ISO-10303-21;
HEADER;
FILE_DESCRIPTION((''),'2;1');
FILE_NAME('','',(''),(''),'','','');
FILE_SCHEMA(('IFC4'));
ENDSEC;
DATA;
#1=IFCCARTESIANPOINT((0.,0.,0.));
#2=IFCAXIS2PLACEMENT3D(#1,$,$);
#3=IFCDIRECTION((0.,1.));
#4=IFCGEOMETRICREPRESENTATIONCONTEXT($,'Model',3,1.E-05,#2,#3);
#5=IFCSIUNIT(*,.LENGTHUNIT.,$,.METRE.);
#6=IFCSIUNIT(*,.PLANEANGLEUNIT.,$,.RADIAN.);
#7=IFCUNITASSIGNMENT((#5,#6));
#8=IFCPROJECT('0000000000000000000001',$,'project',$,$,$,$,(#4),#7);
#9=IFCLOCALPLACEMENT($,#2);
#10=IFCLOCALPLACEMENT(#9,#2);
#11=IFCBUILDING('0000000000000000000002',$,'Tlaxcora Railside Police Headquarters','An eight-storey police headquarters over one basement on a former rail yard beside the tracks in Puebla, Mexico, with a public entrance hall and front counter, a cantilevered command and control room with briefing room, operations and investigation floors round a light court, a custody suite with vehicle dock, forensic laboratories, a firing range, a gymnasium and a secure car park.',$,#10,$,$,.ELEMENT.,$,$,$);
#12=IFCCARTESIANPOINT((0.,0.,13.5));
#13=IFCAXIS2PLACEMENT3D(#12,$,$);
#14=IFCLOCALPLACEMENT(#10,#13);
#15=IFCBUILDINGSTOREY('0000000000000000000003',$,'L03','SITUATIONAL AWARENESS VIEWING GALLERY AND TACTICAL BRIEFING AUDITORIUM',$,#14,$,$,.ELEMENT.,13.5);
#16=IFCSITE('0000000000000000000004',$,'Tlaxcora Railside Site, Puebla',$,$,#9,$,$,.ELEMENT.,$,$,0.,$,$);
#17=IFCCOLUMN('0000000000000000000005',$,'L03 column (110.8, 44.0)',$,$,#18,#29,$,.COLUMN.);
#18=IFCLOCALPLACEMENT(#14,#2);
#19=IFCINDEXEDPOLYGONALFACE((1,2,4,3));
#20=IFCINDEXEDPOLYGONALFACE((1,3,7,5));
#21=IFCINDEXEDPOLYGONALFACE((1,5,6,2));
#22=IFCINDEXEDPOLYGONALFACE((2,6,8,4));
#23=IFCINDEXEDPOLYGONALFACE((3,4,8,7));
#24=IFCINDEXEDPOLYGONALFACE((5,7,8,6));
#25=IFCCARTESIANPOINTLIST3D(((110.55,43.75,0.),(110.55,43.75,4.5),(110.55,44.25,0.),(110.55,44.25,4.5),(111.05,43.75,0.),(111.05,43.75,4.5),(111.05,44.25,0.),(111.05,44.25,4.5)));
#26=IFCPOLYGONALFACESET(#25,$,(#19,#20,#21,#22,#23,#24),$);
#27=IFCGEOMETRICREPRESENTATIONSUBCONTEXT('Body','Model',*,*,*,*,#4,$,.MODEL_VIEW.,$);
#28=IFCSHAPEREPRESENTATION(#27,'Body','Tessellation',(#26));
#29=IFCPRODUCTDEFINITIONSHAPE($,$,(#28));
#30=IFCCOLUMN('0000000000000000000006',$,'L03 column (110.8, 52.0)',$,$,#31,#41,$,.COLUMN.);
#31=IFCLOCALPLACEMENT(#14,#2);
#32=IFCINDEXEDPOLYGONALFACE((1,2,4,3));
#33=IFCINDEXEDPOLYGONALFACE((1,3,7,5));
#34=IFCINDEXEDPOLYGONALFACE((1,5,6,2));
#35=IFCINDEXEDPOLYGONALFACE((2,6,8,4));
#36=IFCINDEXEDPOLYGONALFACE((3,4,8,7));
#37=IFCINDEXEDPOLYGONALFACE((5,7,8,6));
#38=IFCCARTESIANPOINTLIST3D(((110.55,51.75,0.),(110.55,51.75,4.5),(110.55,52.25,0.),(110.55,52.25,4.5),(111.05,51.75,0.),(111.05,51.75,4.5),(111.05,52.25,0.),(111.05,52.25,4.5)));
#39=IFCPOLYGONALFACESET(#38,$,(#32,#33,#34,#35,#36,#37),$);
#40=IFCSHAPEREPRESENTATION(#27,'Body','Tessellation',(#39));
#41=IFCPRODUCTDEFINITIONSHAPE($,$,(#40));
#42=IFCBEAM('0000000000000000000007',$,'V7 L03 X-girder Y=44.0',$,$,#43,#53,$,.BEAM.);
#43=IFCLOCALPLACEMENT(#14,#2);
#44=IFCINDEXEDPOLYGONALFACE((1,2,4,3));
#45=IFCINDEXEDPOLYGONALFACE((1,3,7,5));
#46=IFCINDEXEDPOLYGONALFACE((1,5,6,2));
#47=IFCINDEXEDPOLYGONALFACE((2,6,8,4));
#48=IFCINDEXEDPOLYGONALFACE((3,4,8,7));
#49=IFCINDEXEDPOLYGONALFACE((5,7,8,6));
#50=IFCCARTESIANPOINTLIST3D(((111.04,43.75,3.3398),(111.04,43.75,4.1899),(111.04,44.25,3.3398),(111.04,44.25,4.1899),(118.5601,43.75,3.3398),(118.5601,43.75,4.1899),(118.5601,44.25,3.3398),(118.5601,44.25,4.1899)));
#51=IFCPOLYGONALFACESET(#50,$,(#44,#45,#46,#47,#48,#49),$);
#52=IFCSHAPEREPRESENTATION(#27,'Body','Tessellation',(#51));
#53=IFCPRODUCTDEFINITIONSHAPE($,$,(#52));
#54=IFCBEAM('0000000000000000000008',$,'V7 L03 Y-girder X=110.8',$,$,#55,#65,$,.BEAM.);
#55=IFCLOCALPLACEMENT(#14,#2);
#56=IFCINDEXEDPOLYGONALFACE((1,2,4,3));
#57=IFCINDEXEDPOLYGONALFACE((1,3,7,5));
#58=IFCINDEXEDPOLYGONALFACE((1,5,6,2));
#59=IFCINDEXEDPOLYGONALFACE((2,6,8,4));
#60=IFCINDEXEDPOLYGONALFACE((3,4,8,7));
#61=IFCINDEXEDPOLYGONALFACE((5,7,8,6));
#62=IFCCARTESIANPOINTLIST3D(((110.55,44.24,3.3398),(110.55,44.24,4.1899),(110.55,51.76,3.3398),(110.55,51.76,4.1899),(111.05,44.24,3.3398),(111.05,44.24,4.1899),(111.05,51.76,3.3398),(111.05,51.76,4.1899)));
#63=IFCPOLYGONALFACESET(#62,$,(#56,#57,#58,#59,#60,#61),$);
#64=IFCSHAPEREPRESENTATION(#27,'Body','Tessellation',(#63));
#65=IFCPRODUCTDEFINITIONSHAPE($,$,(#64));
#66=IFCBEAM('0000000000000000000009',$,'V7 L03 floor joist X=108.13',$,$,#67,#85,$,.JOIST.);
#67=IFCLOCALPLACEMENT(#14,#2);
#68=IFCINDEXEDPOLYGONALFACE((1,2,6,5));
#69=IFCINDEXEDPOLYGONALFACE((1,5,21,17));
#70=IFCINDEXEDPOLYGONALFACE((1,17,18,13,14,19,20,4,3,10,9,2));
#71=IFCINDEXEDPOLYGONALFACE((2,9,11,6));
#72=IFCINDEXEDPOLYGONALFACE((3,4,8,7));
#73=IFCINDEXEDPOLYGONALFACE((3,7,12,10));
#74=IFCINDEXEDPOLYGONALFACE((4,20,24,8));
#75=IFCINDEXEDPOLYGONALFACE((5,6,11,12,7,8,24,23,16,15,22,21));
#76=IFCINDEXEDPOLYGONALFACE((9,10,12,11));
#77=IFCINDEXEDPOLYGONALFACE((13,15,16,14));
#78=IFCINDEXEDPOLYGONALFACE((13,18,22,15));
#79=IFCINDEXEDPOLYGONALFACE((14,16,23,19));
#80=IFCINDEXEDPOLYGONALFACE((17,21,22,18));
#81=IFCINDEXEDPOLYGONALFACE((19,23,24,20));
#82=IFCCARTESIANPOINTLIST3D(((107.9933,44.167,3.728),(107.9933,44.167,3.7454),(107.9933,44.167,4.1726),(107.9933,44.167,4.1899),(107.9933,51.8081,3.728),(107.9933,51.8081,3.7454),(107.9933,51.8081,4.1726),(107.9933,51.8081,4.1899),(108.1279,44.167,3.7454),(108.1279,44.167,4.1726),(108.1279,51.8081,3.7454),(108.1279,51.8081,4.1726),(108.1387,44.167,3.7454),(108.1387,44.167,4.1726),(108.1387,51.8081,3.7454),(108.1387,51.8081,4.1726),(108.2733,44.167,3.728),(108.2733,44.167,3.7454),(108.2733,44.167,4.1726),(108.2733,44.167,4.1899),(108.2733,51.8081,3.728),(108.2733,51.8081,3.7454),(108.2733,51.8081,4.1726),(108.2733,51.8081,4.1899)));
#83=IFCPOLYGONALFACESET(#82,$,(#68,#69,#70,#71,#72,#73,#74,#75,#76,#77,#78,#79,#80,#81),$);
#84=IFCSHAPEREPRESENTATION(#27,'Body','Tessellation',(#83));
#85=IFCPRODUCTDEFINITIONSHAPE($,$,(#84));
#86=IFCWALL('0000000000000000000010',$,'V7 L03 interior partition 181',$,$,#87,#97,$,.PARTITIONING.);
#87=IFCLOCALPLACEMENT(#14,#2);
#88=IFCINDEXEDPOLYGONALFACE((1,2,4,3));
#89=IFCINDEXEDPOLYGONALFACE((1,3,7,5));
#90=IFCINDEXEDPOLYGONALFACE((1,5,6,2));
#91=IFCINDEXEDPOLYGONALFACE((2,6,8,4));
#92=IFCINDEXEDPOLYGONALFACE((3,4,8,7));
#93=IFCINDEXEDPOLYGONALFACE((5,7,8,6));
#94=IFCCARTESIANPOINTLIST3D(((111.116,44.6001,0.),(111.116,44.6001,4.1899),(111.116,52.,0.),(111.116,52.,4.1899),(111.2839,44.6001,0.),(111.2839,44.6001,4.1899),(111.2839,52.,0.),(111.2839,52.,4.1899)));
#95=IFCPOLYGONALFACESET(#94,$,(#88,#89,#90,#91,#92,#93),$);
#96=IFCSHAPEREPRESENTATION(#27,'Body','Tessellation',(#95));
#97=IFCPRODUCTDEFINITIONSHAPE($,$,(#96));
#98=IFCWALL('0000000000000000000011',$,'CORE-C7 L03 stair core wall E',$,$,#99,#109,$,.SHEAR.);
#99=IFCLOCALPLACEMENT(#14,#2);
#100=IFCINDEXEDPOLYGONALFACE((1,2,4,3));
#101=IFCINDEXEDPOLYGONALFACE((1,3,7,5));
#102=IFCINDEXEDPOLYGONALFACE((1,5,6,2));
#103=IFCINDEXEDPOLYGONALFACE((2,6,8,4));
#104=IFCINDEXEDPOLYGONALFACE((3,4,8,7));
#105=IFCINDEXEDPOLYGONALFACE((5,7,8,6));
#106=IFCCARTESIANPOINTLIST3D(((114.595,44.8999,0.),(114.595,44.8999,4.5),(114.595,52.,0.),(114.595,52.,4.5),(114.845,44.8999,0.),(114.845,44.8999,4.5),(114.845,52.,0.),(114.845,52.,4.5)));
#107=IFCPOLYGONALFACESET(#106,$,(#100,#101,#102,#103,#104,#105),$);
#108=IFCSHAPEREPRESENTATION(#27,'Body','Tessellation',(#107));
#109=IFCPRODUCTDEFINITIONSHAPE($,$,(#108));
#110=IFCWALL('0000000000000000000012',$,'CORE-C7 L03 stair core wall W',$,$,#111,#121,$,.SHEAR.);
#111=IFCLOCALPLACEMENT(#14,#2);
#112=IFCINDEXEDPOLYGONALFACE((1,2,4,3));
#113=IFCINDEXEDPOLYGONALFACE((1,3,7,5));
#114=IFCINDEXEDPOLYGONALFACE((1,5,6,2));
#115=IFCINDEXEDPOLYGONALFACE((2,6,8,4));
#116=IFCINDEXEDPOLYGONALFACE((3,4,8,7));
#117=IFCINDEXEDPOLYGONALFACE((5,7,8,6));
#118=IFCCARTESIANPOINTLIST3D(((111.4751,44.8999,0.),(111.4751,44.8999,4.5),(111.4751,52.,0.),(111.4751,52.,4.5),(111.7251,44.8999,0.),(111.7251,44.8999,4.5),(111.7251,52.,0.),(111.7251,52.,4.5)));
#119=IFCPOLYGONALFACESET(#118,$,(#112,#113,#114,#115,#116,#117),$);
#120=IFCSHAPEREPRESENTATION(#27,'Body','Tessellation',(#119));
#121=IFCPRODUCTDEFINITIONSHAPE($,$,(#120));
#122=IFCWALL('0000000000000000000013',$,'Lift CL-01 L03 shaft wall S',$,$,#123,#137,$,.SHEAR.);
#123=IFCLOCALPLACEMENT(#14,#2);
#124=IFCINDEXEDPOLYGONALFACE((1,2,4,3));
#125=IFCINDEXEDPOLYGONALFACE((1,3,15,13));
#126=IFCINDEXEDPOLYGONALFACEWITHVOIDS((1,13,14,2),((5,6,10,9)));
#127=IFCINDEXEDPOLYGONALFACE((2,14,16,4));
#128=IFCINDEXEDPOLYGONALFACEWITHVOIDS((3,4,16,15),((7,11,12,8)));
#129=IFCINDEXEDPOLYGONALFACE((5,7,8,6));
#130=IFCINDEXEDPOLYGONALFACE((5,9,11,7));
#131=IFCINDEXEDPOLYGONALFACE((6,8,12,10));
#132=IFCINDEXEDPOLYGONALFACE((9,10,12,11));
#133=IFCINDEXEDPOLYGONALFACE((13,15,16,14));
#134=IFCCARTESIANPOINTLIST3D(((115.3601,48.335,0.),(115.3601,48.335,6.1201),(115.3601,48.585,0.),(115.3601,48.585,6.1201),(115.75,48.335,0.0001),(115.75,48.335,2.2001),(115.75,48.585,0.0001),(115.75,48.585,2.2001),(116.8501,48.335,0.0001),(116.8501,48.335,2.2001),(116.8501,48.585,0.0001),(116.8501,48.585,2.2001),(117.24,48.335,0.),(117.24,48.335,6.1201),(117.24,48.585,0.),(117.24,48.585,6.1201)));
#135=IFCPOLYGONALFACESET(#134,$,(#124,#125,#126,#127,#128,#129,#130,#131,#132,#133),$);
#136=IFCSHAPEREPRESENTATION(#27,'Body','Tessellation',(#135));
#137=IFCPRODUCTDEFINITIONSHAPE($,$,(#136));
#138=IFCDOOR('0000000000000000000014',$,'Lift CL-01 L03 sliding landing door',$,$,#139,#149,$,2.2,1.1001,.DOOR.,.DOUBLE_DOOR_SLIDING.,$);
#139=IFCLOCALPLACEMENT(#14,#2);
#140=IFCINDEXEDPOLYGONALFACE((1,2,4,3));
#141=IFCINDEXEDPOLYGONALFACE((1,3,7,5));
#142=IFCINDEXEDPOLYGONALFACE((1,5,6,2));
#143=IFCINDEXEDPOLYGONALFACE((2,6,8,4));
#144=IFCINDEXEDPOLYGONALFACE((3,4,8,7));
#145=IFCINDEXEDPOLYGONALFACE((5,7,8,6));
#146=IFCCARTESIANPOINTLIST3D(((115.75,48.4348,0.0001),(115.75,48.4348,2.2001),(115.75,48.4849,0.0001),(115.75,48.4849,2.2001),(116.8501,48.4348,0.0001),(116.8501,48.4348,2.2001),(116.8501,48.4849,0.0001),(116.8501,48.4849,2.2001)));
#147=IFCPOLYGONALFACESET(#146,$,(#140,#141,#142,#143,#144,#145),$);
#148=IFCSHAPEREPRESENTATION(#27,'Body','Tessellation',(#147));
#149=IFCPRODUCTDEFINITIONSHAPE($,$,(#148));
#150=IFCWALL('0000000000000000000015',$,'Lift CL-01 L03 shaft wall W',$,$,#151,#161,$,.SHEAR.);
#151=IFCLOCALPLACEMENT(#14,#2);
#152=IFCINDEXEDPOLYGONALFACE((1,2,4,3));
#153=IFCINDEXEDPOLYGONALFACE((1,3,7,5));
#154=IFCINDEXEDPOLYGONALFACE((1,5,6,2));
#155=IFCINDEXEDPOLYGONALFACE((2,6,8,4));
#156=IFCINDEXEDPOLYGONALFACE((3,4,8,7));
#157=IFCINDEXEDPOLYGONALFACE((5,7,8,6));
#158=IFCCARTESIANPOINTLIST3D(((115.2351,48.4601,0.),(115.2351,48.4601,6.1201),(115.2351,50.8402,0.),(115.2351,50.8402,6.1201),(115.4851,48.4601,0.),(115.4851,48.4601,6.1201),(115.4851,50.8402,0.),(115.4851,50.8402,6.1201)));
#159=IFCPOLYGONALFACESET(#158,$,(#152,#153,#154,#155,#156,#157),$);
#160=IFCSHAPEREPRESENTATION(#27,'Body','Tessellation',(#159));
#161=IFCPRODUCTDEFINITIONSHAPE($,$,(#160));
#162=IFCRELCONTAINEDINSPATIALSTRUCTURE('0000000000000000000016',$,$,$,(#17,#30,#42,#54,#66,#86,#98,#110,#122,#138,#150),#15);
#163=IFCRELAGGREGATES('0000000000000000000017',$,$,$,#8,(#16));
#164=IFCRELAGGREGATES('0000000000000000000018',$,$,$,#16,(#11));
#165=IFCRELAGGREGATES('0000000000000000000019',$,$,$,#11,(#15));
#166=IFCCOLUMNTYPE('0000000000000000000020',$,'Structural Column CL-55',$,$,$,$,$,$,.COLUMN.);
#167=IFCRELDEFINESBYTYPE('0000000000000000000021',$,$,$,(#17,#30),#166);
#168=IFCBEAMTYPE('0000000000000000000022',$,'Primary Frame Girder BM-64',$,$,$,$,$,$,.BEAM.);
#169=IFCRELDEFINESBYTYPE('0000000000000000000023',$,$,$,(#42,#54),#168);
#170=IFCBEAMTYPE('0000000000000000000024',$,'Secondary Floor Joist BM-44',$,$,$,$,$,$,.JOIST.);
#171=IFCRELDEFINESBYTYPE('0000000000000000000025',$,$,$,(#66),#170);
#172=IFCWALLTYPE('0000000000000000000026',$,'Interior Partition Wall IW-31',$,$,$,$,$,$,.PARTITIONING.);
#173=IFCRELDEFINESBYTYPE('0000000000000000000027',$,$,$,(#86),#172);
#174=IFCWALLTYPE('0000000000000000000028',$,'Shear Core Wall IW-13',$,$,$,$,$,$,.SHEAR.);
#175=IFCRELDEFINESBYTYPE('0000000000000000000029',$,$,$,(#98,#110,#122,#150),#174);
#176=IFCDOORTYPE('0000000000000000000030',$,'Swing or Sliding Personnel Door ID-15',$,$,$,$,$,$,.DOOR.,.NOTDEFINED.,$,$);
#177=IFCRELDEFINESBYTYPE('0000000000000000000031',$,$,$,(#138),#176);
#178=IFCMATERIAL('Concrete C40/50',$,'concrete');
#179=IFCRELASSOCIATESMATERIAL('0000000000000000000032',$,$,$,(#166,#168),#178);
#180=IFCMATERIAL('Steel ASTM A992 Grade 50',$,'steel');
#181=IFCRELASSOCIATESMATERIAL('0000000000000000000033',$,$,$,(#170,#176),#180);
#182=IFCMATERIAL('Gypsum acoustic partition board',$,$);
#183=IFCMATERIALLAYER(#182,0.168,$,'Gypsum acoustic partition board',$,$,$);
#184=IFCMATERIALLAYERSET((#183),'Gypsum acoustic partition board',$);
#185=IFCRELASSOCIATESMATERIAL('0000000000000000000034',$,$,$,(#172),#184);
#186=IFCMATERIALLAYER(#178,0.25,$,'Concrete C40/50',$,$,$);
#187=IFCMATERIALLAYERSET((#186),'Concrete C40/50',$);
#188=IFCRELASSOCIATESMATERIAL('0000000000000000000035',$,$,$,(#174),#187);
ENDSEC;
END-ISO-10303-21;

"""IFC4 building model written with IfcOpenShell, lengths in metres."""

from ifc_helpers import new_model, si_unit, direction, frame, frame_2d, origin, origin_2d, place, context, subcontext, project, spatial, rectangle, i_section, extrude, material, layer, layer_set, material_profile, profile_set, type_object, element, fill, save


model = new_model("IFC4")

# Units and contexts
model_context = context("Model", 3, precision=1e-05, world=origin(), true_north=direction((0.0, 1.0)))
body_context = subcontext(model_context, "Body", "Model", "MODEL_VIEW")
ifc_project = project(units=[si_unit("LENGTHUNIT", "METRE"), si_unit("PLANEANGLEUNIT", "RADIAN")], contexts=[model_context])

# Site, building, storey
site_placement = place(None, origin())
site = spatial("IfcSite", under=ifc_project, at=site_placement, Name="Tlaxcora Railside Site, Puebla", CompositionType="ELEMENT", RefElevation=0.0)
building_placement = place(site_placement, origin())
building = spatial("IfcBuilding", under=site, at=building_placement, Name="Tlaxcora Railside Police Headquarters", Description="An eight-storey police headquarters over one basement on a former rail yard beside the tracks in Puebla, Mexico, with a public entrance hall and front counter, a cantilevered command and control room with briefing room, operations and investigation floors round a light court, a custody suite with vehicle dock, forensic laboratories, a firing range, a gymnasium and a secure car park.", CompositionType="ELEMENT")
storey_placement = place(building_placement, frame((0.0, 0.0, 13.5)))
storey = spatial("IfcBuildingStorey", under=building, at=storey_placement, Name="L03", Description="SITUATIONAL AWARENESS VIEWING GALLERY AND TACTICAL BRIEFING AUDITORIUM", CompositionType="ELEMENT", Elevation=13.5)

# Columns
ifc_material_1 = material(Name="Concrete C40/50", Category="concrete")
ifc_material_profile_1 = material_profile(ifc_material_1, rectangle(XDim=0.5, YDim=0.5, at=origin_2d()), Name="RC500X500")
ifc_profile_set_1 = profile_set([ifc_material_profile_1], Name="Concrete C40/50")
column_type = type_object("IfcColumnType", Name="Structural Column CL-55", PredefinedType="COLUMN", material=ifc_profile_set_1)
for number, where, z_axis, x_axis, name in (
    (1, (110.8, 44.0, 0.0), (0.0, 0.0, 1.0), (1.0, 0.0, 0.0), "L03 column (110.8, 44.0)"),
    (2, (110.8, 52.0, 0.0), (0.0, 0.0, 1.0), (1.0, 0.0, 0.0), "L03 column (110.8, 52.0)"),
):
    element("IfcColumn", number, at=place(storey_placement, frame(where, z_axis=z_axis, x_axis=x_axis)), inside=storey, type_object=column_type, Name=name, PredefinedType="COLUMN", context=body_context, shape_type="SweptSolid", body=[
        extrude(rectangle(XDim=0.5, YDim=0.5, at=origin_2d()), origin(), (0.0, 0.0, 1.0), 4.5),
    ])

# Beams
ifc_material_profile_2 = material_profile(ifc_material_1, rectangle(XDim=0.5, YDim=0.8501, at=origin_2d()), Name="RC500X850")
ifc_profile_set_2 = profile_set([ifc_material_profile_2], Name="Concrete C40/50")
beam_type_1 = type_object("IfcBeamType", Name="Primary Frame Girder BM-64", PredefinedType="BEAM", material=ifc_profile_set_2)
for number, where, z_axis, x_axis, name in (
    (3, (111.04, 44.0, 3.7649), (1.0, 0.0, 0.0), (0.0, 1.0, 0.0), "V7 L03 X-girder Y=44.0"),
    (4, (110.8, 44.24, 3.7649), (0.0, 1.0, 0.0), (-1.0, 0.0, 0.0), "V7 L03 Y-girder X=110.8"),
):
    element("IfcBeam", number, at=place(storey_placement, frame(where, z_axis=z_axis, x_axis=x_axis)), inside=storey, type_object=beam_type_1, Name=name, PredefinedType="BEAM", context=body_context, shape_type="SweptSolid", body=[
        extrude(rectangle(XDim=0.5, YDim=0.8501, at=origin_2d()), origin(), (0.0, 0.0, 1.0), 7.52),
    ])
ifc_material_2 = material(Name="Steel ASTM A992 Grade 50", Category="steel")
ifc_material_profile_3 = material_profile(ifc_material_2, i_section(OverallWidth=0.28, OverallDepth=0.4619, WebThickness=0.0107, FlangeThickness=0.0173, at=origin_2d()), Name="W18X76")
ifc_profile_set_3 = profile_set([ifc_material_profile_3], Name="Steel ASTM A992 Grade 50")
beam_type_2 = type_object("IfcBeamType", Name="Secondary Floor Joist BM-44", PredefinedType="JOIST", material=ifc_profile_set_3)
beam_placement = place(storey_placement, frame((108.1333, 44.167, 3.959), z_axis=(0.0, 1.0, 0.0), x_axis=(-1.0, 0.0, 0.0)))
element("IfcBeam", 5, at=beam_placement, inside=storey, type_object=beam_type_2, Name="V7 L03 floor joist X=108.13", PredefinedType="JOIST", context=body_context, shape_type="SweptSolid", body=[
    extrude(i_section(OverallWidth=0.28, OverallDepth=0.4619, WebThickness=0.0107, FlangeThickness=0.0173, at=origin_2d()), origin(), (0.0, 0.0, 1.0), 7.6411),
])

# Wall
ifc_material_3 = material(Name="Gypsum acoustic partition board")
ifc_layer_1 = layer(ifc_material_3, 0.168, Name="Gypsum acoustic partition board")
ifc_layer_set_1 = layer_set([ifc_layer_1], Name="Gypsum acoustic partition board")
wall_type_1 = type_object("IfcWallType", Name="Interior Partition Wall IW-31", PredefinedType="PARTITIONING", material=ifc_layer_set_1)
wall_1_placement = place(storey_placement, frame((111.2, 44.6001, 0.0), z_axis=(0.0, 0.0, 1.0), x_axis=(0.0, 1.0, 0.0)))
element("IfcWall", 6, at=wall_1_placement, inside=storey, type_object=wall_type_1, Name="V7 L03 interior partition 181", PredefinedType="PARTITIONING", context=body_context, shape_type="SweptSolid", body=[
    extrude(rectangle(XDim=7.3999, YDim=0.168, at=frame_2d((3.7, 0.0))), origin(), (0.0, 0.0, 1.0), 4.1899),
])

# Shared definitions
ifc_layer_2 = layer(ifc_material_1, 0.25, Name="Concrete C40/50")
ifc_layer_set_2 = layer_set([ifc_layer_2], Name="Concrete C40/50")
wall_type_2 = type_object("IfcWallType", Name="Shear Core Wall IW-13", PredefinedType="SHEAR", material=ifc_layer_set_2)

# Walls
for number, where, z_axis, x_axis, name in (
    (7, (114.72, 44.8999, 0.0), (0.0, 0.0, 1.0), (0.0, 1.0, 0.0), "CORE-C7 L03 stair core wall E"),
    (8, (111.6001, 52.0, 0.0), (0.0, 0.0, 1.0), (0.0, -1.0, 0.0), "CORE-C7 L03 stair core wall W"),
):
    element("IfcWall", number, at=place(storey_placement, frame(where, z_axis=z_axis, x_axis=x_axis)), inside=storey, type_object=wall_type_2, Name=name, PredefinedType="SHEAR", context=body_context, shape_type="SweptSolid", body=[
        extrude(rectangle(XDim=7.1001, YDim=0.25, at=frame_2d((3.55, 0.0))), origin(), (0.0, 0.0, 1.0), 4.5),
    ])

# Wall, opening, door
wall_2_placement = place(storey_placement, frame((115.3601, 48.46, 0.0), z_axis=(0.0, 0.0, 1.0), x_axis=(1.0, 0.0, 0.0)))
wall_2 = element("IfcWall", 9, at=wall_2_placement, inside=storey, type_object=wall_type_2, Name="Lift CL-01 L03 shaft wall S", PredefinedType="SHEAR", context=body_context, shape_type="SweptSolid", body=[
    extrude(rectangle(XDim=1.8799, YDim=0.25, at=frame_2d((0.9399, 0.0))), origin(), (0.0, 0.0, 1.0), 6.1201),
])
opening_1_placement = place(wall_2_placement, frame((0.3899, 0.0, 0.0)))
opening_1 = element("IfcOpeningElement", 10, at=opening_1_placement, cuts=wall_2, PredefinedType="OPENING", context=body_context, shape_type="SweptSolid", body=[
    extrude(rectangle(XDim=1.1001, YDim=2.2, at=frame_2d((0.55, 1.1001))), frame((0.0, 0.135, 0.0), z_axis=(0.0, -1.0, 0.0), x_axis=(1.0, 0.0, 0.0)), (0.0, 0.0, 1.0), 0.27),
])
door_type_1 = type_object("IfcDoorType", Name="Swing or Sliding Personnel Door ID-15", OperationType="NOTDEFINED", PredefinedType="DOOR", material=ifc_material_2)
door_1_placement = place(opening_1_placement, origin())
door_1 = element("IfcDoor", 11, at=door_1_placement, inside=storey, type_object=door_type_1, Name="Lift CL-01 L03 sliding landing door", OperationType="DOUBLE_DOOR_SLIDING", OverallHeight=2.2, OverallWidth=1.1001, PredefinedType="DOOR", context=body_context, shape_type="SweptSolid", body=[
    extrude(rectangle(XDim=1.1001, YDim=2.2, at=frame_2d((0.55, 1.1001))), frame((0.0, 0.0249, 0.0), z_axis=(0.0, -1.0, 0.0), x_axis=(1.0, 0.0, 0.0)), (0.0, 0.0, 1.0), 0.05),
])
fill(opening_1, door_1)

# Wall
wall_3_placement = place(storey_placement, frame((115.3601, 50.8401, 0.0), z_axis=(0.0, 0.0, 1.0), x_axis=(0.0, -1.0, 0.0)))
element("IfcWall", 12, at=wall_3_placement, inside=storey, type_object=wall_type_2, Name="Lift CL-01 L03 shaft wall W", PredefinedType="SHEAR", context=body_context, shape_type="SweptSolid", body=[
    extrude(rectangle(XDim=2.3801, YDim=0.25, at=frame_2d((1.1899, 0.0))), origin(), (0.0, 0.0, 1.0), 6.1201),
])

save(model, "model.ifc")
